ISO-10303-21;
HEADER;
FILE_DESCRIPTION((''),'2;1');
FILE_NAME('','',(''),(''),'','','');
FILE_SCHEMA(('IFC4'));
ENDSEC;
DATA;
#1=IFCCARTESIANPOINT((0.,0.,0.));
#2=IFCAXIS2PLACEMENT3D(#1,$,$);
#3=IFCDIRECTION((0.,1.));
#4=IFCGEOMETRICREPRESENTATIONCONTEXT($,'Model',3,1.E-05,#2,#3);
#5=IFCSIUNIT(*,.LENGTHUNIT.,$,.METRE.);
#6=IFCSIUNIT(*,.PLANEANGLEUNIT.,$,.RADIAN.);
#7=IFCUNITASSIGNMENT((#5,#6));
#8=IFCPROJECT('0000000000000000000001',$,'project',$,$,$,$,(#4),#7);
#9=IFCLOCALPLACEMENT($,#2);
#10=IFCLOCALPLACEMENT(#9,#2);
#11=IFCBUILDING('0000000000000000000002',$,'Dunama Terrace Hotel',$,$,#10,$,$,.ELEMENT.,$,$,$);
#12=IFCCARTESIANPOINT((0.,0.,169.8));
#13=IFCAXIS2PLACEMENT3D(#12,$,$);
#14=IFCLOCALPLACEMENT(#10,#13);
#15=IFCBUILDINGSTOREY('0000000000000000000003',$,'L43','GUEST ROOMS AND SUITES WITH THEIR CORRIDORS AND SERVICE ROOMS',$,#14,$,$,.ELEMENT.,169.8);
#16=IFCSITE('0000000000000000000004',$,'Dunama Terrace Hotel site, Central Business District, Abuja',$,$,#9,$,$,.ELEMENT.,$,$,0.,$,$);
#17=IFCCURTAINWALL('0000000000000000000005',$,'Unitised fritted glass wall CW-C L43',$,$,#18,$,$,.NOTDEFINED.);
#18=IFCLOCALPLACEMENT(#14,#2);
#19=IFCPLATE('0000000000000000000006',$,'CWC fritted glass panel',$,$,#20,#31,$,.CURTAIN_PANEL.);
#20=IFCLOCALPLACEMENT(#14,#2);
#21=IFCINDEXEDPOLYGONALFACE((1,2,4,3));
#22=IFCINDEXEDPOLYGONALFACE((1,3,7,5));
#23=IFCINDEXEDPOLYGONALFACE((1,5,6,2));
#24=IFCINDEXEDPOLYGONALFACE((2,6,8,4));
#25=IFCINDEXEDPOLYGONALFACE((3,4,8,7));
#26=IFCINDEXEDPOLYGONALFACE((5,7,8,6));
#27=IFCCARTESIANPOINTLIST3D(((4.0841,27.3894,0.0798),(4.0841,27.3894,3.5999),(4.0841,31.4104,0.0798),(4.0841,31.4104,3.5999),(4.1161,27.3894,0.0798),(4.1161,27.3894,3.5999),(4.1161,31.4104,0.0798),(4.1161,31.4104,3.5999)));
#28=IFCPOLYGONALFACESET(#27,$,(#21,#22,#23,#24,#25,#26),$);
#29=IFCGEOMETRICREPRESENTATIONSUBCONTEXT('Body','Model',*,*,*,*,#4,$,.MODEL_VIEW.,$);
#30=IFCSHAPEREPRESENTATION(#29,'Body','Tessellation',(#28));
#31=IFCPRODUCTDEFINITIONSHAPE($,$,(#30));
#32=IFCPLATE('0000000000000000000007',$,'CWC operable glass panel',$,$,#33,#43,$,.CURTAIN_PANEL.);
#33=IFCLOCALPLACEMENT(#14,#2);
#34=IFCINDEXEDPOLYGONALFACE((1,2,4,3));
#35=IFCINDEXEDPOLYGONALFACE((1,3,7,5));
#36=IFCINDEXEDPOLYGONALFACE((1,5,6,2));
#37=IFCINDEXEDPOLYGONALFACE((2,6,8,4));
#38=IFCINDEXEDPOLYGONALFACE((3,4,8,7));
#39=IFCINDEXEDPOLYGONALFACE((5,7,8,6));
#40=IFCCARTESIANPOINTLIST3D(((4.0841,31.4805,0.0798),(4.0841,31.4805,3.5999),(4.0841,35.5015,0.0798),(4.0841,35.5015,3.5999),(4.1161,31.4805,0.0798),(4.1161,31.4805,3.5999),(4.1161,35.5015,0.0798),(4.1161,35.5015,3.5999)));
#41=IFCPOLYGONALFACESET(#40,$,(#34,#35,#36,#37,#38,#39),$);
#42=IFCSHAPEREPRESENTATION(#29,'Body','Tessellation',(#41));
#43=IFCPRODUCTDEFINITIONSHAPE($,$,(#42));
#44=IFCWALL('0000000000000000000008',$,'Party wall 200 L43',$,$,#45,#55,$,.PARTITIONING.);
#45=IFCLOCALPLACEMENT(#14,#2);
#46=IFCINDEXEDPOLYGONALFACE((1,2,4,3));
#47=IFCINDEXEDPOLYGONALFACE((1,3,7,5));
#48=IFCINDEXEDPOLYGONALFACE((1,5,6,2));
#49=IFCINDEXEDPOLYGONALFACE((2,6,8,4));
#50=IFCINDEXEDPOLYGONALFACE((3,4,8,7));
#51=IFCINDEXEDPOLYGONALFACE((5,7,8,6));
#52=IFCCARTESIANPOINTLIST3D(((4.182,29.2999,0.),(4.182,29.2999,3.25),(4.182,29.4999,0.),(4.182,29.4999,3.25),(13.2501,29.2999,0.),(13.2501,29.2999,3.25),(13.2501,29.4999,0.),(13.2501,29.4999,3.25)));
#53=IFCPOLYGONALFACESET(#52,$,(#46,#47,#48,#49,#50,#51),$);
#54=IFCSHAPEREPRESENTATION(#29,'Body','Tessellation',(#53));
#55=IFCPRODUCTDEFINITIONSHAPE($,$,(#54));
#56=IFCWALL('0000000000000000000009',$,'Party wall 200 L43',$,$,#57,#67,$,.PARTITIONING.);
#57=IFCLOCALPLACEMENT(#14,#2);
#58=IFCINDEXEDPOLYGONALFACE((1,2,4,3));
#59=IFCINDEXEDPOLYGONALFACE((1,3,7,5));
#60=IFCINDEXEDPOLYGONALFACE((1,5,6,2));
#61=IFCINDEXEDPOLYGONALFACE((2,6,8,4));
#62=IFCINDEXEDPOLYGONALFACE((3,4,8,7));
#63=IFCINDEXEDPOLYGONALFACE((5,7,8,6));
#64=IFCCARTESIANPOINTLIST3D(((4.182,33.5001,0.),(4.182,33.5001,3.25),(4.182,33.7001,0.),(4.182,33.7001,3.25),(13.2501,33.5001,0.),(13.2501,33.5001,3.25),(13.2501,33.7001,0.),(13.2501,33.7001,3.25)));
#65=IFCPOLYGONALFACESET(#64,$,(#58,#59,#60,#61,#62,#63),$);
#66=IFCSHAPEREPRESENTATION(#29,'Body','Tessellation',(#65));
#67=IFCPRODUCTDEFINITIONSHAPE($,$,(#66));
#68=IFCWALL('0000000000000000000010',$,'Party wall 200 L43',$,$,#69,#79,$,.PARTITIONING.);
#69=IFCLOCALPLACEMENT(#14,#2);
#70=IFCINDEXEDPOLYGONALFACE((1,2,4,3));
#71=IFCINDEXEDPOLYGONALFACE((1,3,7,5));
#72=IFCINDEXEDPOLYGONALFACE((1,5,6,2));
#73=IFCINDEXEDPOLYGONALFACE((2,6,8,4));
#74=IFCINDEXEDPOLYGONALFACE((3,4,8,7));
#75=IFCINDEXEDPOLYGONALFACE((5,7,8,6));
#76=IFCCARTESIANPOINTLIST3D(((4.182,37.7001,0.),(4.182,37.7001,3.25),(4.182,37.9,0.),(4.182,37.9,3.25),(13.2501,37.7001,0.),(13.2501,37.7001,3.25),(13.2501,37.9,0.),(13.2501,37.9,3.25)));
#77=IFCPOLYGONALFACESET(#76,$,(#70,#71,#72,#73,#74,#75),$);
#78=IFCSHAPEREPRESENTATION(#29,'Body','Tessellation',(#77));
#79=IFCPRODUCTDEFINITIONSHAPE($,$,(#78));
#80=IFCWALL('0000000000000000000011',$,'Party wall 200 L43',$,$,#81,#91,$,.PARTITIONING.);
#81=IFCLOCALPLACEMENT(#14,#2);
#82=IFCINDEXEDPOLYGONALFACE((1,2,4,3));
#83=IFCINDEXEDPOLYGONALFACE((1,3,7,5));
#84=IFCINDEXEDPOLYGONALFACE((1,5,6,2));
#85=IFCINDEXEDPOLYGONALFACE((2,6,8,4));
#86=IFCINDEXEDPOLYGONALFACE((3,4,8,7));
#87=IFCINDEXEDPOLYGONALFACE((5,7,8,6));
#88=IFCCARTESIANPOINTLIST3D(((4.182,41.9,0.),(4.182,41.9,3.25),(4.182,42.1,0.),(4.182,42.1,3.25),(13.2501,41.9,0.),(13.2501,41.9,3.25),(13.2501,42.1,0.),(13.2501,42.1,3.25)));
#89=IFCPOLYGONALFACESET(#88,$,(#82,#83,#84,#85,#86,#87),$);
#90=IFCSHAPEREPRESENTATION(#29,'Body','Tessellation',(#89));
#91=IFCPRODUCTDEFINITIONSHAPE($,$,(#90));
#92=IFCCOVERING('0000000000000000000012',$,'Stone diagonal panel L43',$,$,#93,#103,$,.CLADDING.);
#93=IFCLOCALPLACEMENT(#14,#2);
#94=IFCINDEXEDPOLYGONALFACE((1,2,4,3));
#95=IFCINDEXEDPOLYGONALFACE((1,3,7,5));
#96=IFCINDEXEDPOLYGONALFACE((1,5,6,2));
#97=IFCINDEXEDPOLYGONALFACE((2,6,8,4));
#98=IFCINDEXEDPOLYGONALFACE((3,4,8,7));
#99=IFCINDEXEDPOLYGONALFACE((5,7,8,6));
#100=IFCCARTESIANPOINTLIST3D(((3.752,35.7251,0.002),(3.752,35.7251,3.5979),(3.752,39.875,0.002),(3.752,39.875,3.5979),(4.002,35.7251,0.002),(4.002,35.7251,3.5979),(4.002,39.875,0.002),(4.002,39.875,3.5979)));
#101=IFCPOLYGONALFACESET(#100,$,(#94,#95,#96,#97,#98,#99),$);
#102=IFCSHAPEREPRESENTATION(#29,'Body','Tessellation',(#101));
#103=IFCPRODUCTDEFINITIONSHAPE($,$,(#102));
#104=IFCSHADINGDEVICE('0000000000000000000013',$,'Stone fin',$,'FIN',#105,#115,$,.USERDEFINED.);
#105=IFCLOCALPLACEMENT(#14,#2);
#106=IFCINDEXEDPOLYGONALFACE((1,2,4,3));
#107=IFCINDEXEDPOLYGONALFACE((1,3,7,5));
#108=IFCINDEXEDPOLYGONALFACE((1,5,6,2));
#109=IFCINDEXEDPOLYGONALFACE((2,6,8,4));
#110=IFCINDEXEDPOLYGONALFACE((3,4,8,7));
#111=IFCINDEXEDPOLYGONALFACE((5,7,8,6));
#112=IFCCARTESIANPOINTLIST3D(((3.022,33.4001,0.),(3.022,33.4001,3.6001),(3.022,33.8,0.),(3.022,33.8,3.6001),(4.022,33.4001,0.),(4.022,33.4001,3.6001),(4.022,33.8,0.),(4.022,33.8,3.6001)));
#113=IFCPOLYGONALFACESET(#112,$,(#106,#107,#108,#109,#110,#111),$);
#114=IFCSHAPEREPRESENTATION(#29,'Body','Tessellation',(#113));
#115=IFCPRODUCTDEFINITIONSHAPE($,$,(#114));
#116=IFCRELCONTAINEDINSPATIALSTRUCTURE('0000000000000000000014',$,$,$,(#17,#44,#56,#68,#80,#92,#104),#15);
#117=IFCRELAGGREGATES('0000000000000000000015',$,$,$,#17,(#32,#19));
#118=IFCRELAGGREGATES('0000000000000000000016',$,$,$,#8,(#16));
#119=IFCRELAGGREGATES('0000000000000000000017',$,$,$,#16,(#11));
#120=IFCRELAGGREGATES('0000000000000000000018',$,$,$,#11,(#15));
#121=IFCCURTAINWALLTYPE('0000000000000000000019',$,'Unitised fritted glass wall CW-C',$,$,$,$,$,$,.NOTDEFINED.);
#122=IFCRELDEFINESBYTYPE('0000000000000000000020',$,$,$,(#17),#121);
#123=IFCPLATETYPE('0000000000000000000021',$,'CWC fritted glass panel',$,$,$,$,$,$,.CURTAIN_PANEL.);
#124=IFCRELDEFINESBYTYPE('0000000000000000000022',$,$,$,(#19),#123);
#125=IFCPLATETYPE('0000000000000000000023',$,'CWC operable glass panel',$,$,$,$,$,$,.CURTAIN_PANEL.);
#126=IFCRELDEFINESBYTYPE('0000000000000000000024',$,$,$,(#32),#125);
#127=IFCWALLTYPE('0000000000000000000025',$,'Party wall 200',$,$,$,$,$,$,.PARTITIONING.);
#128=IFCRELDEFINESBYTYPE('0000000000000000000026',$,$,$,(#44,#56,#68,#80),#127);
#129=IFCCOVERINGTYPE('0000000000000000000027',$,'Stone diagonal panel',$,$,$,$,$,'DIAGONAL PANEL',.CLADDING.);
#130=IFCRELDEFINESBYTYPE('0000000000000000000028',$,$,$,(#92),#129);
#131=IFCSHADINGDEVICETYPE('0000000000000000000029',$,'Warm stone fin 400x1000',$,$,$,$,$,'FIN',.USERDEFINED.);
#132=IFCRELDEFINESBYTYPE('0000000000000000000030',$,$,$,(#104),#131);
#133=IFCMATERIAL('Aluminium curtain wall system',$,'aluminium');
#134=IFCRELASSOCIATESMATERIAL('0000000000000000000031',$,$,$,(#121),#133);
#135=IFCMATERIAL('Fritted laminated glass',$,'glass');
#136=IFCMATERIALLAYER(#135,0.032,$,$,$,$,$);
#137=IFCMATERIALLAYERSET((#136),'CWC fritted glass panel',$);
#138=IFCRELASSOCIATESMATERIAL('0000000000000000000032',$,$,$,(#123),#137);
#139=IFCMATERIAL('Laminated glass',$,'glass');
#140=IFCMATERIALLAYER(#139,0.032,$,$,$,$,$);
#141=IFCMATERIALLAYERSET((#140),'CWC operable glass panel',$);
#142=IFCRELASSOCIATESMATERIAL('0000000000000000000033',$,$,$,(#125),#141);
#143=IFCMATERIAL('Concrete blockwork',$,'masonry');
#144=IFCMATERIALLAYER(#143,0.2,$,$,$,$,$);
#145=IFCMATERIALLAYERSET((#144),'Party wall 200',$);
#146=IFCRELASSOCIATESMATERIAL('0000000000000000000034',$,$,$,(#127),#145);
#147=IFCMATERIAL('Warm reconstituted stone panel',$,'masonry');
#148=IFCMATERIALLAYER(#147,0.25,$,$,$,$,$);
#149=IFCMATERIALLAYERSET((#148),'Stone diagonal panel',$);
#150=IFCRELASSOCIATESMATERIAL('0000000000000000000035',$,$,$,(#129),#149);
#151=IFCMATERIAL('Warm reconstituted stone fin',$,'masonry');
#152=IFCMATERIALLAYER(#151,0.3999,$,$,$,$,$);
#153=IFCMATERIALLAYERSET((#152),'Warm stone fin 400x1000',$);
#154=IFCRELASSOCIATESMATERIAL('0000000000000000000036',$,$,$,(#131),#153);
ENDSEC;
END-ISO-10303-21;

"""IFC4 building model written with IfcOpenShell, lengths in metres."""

from ifc_helpers import new_model, si_unit, direction, frame, frame_2d, origin, origin_2d, place, context, subcontext, project, spatial, rectangle, extrude, material, layer, layer_set, type_object, element, aggregate, save


model = new_model("IFC4")

# Units and contexts
model_context = context("Model", 3, precision=1e-05, world=origin(), true_north=direction((0.0, 1.0)))
body_context = subcontext(model_context, "Body", "Model", "MODEL_VIEW")
ifc_project = project(units=[si_unit("LENGTHUNIT", "METRE"), si_unit("PLANEANGLEUNIT", "RADIAN")], contexts=[model_context])

# Site, building, storey
site_placement = place(None, origin())
site = spatial("IfcSite", under=ifc_project, at=site_placement, Name="Dunama Terrace Hotel site, Central Business District, Abuja", CompositionType="ELEMENT", RefElevation=0.0)
building_placement = place(site_placement, origin())
building = spatial("IfcBuilding", under=site, at=building_placement, Name="Dunama Terrace Hotel", CompositionType="ELEMENT")
storey_placement = place(building_placement, frame((0.0, 0.0, 169.8)))
storey = spatial("IfcBuildingStorey", under=building, at=storey_placement, Name="L43", Description="GUEST ROOMS AND SUITES WITH THEIR CORRIDORS AND SERVICE ROOMS", CompositionType="ELEMENT", Elevation=169.8)

# Curtain wall, plates
ifc_material_1 = material(Name="Aluminium curtain wall system", Category="aluminium")
curtain_wall_type = type_object("IfcCurtainWallType", Name="Unitised fritted glass wall CW-C", PredefinedType="NOTDEFINED", material=ifc_material_1)
curtain_wall_placement = place(storey_placement, origin())
curtain_wall = element("IfcCurtainWall", 1, at=curtain_wall_placement, inside=storey, type_object=curtain_wall_type, Name="Unitised fritted glass wall CW-C L43", PredefinedType="NOTDEFINED")
ifc_material_2 = material(Name="Fritted laminated glass", Category="glass")
ifc_layer_1 = layer(ifc_material_2, 0.032)
ifc_layer_set_1 = layer_set([ifc_layer_1], Name="CWC fritted glass panel")
plate_type_1 = type_object("IfcPlateType", Name="CWC fritted glass panel", PredefinedType="CURTAIN_PANEL", material=ifc_layer_set_1)
plate_1_placement = place(storey_placement, frame((4.1001, 29.3999, 0.0798), z_axis=(0.0, 0.0, 1.0), x_axis=(0.0, -1.0, 0.0)))
plate_1 = element("IfcPlate", 2, at=plate_1_placement, type_object=plate_type_1, Name="CWC fritted glass panel", PredefinedType="CURTAIN_PANEL", context=body_context, shape_type="SweptSolid", body=[
    extrude(rectangle(XDim=4.021, YDim=0.032, at=origin_2d()), origin(), (0.0, 0.0, 1.0), 3.52),
])
ifc_material_3 = material(Name="Laminated glass", Category="glass")
ifc_layer_2 = layer(ifc_material_3, 0.032)
ifc_layer_set_2 = layer_set([ifc_layer_2], Name="CWC operable glass panel")
plate_type_2 = type_object("IfcPlateType", Name="CWC operable glass panel", PredefinedType="CURTAIN_PANEL", material=ifc_layer_set_2)
plate_2_placement = place(storey_placement, frame((4.1001, 33.491, 0.0798), z_axis=(0.0, 0.0, 1.0), x_axis=(0.0, -1.0, 0.0)))
plate_2 = element("IfcPlate", 3, at=plate_2_placement, type_object=plate_type_2, Name="CWC operable glass panel", PredefinedType="CURTAIN_PANEL", context=body_context, shape_type="SweptSolid", body=[
    extrude(rectangle(XDim=4.021, YDim=0.032, at=origin_2d()), origin(), (0.0, 0.0, 1.0), 3.52),
])
aggregate(curtain_wall, [plate_2, plate_1])

# Walls
ifc_material_4 = material(Name="Concrete blockwork", Category="masonry")
ifc_layer_3 = layer(ifc_material_4, 0.2)
ifc_layer_set_3 = layer_set([ifc_layer_3], Name="Party wall 200")
wall_type = type_object("IfcWallType", Name="Party wall 200", PredefinedType="PARTITIONING", material=ifc_layer_set_3)
for number, where, z_axis, x_axis, name in (
    (4, (4.1819, 29.3999, 0.0), (0.0, 0.0, 1.0), (1.0, 0.0, 0.0), "Party wall 200 L43"),
    (5, (4.1819, 33.6001, 0.0), (0.0, 0.0, 1.0), (1.0, 0.0, 0.0), "Party wall 200 L43"),
    (6, (4.1819, 37.8, 0.0), (0.0, 0.0, 1.0), (1.0, 0.0, 0.0), "Party wall 200 L43"),
    (7, (4.1819, 42.0, 0.0), (0.0, 0.0, 1.0), (1.0, 0.0, 0.0), "Party wall 200 L43"),
):
    element("IfcWall", number, at=place(storey_placement, frame(where, z_axis=z_axis, x_axis=x_axis)), inside=storey, type_object=wall_type, Name=name, PredefinedType="PARTITIONING", context=body_context, shape_type="SweptSolid", body=[
        extrude(rectangle(XDim=9.0681, YDim=0.2, at=frame_2d((4.5342, 0.0))), origin(), (0.0, 0.0, 1.0), 3.25),
    ])

# Covering
ifc_material_5 = material(Name="Warm reconstituted stone panel", Category="masonry")
ifc_layer_4 = layer(ifc_material_5, 0.25)
ifc_layer_set_4 = layer_set([ifc_layer_4], Name="Stone diagonal panel")
covering_type = type_object("IfcCoveringType", Name="Stone diagonal panel", ElementType="DIAGONAL PANEL", PredefinedType="CLADDING", material=ifc_layer_set_4)
covering_placement = place(storey_placement, frame((3.877, 37.8, 0.002), z_axis=(0.0, 0.0, 1.0), x_axis=(0.0, -1.0, 0.0)))
element("IfcCovering", 8, at=covering_placement, inside=storey, type_object=covering_type, Name="Stone diagonal panel L43", PredefinedType="CLADDING", context=body_context, shape_type="SweptSolid", body=[
    extrude(rectangle(XDim=4.1499, YDim=0.25, at=origin_2d()), origin(), (0.0, 0.0, 1.0), 3.5959),
])

# Shading device
ifc_material_6 = material(Name="Warm reconstituted stone fin", Category="masonry")
ifc_layer_5 = layer(ifc_material_6, 0.3999)
ifc_layer_set_5 = layer_set([ifc_layer_5], Name="Warm stone fin 400x1000")
shading_device_type = type_object("IfcShadingDeviceType", Name="Warm stone fin 400x1000", ElementType="FIN", PredefinedType="USERDEFINED", material=ifc_layer_set_5)
shading_device_placement = place(storey_placement, frame((3.522, 33.6001, 0.0), z_axis=(0.0, 0.0, 1.0), x_axis=(0.0, -1.0, 0.0)))
element("IfcShadingDevice", 9, at=shading_device_placement, inside=storey, type_object=shading_device_type, Name="Stone fin", ObjectType="FIN", PredefinedType="USERDEFINED", context=body_context, shape_type="SweptSolid", body=[
    extrude(rectangle(XDim=0.3999, YDim=1.0, at=origin_2d()), origin(), (0.0, 0.0, 1.0), 3.6001),
])

save(model, "model.ifc")
